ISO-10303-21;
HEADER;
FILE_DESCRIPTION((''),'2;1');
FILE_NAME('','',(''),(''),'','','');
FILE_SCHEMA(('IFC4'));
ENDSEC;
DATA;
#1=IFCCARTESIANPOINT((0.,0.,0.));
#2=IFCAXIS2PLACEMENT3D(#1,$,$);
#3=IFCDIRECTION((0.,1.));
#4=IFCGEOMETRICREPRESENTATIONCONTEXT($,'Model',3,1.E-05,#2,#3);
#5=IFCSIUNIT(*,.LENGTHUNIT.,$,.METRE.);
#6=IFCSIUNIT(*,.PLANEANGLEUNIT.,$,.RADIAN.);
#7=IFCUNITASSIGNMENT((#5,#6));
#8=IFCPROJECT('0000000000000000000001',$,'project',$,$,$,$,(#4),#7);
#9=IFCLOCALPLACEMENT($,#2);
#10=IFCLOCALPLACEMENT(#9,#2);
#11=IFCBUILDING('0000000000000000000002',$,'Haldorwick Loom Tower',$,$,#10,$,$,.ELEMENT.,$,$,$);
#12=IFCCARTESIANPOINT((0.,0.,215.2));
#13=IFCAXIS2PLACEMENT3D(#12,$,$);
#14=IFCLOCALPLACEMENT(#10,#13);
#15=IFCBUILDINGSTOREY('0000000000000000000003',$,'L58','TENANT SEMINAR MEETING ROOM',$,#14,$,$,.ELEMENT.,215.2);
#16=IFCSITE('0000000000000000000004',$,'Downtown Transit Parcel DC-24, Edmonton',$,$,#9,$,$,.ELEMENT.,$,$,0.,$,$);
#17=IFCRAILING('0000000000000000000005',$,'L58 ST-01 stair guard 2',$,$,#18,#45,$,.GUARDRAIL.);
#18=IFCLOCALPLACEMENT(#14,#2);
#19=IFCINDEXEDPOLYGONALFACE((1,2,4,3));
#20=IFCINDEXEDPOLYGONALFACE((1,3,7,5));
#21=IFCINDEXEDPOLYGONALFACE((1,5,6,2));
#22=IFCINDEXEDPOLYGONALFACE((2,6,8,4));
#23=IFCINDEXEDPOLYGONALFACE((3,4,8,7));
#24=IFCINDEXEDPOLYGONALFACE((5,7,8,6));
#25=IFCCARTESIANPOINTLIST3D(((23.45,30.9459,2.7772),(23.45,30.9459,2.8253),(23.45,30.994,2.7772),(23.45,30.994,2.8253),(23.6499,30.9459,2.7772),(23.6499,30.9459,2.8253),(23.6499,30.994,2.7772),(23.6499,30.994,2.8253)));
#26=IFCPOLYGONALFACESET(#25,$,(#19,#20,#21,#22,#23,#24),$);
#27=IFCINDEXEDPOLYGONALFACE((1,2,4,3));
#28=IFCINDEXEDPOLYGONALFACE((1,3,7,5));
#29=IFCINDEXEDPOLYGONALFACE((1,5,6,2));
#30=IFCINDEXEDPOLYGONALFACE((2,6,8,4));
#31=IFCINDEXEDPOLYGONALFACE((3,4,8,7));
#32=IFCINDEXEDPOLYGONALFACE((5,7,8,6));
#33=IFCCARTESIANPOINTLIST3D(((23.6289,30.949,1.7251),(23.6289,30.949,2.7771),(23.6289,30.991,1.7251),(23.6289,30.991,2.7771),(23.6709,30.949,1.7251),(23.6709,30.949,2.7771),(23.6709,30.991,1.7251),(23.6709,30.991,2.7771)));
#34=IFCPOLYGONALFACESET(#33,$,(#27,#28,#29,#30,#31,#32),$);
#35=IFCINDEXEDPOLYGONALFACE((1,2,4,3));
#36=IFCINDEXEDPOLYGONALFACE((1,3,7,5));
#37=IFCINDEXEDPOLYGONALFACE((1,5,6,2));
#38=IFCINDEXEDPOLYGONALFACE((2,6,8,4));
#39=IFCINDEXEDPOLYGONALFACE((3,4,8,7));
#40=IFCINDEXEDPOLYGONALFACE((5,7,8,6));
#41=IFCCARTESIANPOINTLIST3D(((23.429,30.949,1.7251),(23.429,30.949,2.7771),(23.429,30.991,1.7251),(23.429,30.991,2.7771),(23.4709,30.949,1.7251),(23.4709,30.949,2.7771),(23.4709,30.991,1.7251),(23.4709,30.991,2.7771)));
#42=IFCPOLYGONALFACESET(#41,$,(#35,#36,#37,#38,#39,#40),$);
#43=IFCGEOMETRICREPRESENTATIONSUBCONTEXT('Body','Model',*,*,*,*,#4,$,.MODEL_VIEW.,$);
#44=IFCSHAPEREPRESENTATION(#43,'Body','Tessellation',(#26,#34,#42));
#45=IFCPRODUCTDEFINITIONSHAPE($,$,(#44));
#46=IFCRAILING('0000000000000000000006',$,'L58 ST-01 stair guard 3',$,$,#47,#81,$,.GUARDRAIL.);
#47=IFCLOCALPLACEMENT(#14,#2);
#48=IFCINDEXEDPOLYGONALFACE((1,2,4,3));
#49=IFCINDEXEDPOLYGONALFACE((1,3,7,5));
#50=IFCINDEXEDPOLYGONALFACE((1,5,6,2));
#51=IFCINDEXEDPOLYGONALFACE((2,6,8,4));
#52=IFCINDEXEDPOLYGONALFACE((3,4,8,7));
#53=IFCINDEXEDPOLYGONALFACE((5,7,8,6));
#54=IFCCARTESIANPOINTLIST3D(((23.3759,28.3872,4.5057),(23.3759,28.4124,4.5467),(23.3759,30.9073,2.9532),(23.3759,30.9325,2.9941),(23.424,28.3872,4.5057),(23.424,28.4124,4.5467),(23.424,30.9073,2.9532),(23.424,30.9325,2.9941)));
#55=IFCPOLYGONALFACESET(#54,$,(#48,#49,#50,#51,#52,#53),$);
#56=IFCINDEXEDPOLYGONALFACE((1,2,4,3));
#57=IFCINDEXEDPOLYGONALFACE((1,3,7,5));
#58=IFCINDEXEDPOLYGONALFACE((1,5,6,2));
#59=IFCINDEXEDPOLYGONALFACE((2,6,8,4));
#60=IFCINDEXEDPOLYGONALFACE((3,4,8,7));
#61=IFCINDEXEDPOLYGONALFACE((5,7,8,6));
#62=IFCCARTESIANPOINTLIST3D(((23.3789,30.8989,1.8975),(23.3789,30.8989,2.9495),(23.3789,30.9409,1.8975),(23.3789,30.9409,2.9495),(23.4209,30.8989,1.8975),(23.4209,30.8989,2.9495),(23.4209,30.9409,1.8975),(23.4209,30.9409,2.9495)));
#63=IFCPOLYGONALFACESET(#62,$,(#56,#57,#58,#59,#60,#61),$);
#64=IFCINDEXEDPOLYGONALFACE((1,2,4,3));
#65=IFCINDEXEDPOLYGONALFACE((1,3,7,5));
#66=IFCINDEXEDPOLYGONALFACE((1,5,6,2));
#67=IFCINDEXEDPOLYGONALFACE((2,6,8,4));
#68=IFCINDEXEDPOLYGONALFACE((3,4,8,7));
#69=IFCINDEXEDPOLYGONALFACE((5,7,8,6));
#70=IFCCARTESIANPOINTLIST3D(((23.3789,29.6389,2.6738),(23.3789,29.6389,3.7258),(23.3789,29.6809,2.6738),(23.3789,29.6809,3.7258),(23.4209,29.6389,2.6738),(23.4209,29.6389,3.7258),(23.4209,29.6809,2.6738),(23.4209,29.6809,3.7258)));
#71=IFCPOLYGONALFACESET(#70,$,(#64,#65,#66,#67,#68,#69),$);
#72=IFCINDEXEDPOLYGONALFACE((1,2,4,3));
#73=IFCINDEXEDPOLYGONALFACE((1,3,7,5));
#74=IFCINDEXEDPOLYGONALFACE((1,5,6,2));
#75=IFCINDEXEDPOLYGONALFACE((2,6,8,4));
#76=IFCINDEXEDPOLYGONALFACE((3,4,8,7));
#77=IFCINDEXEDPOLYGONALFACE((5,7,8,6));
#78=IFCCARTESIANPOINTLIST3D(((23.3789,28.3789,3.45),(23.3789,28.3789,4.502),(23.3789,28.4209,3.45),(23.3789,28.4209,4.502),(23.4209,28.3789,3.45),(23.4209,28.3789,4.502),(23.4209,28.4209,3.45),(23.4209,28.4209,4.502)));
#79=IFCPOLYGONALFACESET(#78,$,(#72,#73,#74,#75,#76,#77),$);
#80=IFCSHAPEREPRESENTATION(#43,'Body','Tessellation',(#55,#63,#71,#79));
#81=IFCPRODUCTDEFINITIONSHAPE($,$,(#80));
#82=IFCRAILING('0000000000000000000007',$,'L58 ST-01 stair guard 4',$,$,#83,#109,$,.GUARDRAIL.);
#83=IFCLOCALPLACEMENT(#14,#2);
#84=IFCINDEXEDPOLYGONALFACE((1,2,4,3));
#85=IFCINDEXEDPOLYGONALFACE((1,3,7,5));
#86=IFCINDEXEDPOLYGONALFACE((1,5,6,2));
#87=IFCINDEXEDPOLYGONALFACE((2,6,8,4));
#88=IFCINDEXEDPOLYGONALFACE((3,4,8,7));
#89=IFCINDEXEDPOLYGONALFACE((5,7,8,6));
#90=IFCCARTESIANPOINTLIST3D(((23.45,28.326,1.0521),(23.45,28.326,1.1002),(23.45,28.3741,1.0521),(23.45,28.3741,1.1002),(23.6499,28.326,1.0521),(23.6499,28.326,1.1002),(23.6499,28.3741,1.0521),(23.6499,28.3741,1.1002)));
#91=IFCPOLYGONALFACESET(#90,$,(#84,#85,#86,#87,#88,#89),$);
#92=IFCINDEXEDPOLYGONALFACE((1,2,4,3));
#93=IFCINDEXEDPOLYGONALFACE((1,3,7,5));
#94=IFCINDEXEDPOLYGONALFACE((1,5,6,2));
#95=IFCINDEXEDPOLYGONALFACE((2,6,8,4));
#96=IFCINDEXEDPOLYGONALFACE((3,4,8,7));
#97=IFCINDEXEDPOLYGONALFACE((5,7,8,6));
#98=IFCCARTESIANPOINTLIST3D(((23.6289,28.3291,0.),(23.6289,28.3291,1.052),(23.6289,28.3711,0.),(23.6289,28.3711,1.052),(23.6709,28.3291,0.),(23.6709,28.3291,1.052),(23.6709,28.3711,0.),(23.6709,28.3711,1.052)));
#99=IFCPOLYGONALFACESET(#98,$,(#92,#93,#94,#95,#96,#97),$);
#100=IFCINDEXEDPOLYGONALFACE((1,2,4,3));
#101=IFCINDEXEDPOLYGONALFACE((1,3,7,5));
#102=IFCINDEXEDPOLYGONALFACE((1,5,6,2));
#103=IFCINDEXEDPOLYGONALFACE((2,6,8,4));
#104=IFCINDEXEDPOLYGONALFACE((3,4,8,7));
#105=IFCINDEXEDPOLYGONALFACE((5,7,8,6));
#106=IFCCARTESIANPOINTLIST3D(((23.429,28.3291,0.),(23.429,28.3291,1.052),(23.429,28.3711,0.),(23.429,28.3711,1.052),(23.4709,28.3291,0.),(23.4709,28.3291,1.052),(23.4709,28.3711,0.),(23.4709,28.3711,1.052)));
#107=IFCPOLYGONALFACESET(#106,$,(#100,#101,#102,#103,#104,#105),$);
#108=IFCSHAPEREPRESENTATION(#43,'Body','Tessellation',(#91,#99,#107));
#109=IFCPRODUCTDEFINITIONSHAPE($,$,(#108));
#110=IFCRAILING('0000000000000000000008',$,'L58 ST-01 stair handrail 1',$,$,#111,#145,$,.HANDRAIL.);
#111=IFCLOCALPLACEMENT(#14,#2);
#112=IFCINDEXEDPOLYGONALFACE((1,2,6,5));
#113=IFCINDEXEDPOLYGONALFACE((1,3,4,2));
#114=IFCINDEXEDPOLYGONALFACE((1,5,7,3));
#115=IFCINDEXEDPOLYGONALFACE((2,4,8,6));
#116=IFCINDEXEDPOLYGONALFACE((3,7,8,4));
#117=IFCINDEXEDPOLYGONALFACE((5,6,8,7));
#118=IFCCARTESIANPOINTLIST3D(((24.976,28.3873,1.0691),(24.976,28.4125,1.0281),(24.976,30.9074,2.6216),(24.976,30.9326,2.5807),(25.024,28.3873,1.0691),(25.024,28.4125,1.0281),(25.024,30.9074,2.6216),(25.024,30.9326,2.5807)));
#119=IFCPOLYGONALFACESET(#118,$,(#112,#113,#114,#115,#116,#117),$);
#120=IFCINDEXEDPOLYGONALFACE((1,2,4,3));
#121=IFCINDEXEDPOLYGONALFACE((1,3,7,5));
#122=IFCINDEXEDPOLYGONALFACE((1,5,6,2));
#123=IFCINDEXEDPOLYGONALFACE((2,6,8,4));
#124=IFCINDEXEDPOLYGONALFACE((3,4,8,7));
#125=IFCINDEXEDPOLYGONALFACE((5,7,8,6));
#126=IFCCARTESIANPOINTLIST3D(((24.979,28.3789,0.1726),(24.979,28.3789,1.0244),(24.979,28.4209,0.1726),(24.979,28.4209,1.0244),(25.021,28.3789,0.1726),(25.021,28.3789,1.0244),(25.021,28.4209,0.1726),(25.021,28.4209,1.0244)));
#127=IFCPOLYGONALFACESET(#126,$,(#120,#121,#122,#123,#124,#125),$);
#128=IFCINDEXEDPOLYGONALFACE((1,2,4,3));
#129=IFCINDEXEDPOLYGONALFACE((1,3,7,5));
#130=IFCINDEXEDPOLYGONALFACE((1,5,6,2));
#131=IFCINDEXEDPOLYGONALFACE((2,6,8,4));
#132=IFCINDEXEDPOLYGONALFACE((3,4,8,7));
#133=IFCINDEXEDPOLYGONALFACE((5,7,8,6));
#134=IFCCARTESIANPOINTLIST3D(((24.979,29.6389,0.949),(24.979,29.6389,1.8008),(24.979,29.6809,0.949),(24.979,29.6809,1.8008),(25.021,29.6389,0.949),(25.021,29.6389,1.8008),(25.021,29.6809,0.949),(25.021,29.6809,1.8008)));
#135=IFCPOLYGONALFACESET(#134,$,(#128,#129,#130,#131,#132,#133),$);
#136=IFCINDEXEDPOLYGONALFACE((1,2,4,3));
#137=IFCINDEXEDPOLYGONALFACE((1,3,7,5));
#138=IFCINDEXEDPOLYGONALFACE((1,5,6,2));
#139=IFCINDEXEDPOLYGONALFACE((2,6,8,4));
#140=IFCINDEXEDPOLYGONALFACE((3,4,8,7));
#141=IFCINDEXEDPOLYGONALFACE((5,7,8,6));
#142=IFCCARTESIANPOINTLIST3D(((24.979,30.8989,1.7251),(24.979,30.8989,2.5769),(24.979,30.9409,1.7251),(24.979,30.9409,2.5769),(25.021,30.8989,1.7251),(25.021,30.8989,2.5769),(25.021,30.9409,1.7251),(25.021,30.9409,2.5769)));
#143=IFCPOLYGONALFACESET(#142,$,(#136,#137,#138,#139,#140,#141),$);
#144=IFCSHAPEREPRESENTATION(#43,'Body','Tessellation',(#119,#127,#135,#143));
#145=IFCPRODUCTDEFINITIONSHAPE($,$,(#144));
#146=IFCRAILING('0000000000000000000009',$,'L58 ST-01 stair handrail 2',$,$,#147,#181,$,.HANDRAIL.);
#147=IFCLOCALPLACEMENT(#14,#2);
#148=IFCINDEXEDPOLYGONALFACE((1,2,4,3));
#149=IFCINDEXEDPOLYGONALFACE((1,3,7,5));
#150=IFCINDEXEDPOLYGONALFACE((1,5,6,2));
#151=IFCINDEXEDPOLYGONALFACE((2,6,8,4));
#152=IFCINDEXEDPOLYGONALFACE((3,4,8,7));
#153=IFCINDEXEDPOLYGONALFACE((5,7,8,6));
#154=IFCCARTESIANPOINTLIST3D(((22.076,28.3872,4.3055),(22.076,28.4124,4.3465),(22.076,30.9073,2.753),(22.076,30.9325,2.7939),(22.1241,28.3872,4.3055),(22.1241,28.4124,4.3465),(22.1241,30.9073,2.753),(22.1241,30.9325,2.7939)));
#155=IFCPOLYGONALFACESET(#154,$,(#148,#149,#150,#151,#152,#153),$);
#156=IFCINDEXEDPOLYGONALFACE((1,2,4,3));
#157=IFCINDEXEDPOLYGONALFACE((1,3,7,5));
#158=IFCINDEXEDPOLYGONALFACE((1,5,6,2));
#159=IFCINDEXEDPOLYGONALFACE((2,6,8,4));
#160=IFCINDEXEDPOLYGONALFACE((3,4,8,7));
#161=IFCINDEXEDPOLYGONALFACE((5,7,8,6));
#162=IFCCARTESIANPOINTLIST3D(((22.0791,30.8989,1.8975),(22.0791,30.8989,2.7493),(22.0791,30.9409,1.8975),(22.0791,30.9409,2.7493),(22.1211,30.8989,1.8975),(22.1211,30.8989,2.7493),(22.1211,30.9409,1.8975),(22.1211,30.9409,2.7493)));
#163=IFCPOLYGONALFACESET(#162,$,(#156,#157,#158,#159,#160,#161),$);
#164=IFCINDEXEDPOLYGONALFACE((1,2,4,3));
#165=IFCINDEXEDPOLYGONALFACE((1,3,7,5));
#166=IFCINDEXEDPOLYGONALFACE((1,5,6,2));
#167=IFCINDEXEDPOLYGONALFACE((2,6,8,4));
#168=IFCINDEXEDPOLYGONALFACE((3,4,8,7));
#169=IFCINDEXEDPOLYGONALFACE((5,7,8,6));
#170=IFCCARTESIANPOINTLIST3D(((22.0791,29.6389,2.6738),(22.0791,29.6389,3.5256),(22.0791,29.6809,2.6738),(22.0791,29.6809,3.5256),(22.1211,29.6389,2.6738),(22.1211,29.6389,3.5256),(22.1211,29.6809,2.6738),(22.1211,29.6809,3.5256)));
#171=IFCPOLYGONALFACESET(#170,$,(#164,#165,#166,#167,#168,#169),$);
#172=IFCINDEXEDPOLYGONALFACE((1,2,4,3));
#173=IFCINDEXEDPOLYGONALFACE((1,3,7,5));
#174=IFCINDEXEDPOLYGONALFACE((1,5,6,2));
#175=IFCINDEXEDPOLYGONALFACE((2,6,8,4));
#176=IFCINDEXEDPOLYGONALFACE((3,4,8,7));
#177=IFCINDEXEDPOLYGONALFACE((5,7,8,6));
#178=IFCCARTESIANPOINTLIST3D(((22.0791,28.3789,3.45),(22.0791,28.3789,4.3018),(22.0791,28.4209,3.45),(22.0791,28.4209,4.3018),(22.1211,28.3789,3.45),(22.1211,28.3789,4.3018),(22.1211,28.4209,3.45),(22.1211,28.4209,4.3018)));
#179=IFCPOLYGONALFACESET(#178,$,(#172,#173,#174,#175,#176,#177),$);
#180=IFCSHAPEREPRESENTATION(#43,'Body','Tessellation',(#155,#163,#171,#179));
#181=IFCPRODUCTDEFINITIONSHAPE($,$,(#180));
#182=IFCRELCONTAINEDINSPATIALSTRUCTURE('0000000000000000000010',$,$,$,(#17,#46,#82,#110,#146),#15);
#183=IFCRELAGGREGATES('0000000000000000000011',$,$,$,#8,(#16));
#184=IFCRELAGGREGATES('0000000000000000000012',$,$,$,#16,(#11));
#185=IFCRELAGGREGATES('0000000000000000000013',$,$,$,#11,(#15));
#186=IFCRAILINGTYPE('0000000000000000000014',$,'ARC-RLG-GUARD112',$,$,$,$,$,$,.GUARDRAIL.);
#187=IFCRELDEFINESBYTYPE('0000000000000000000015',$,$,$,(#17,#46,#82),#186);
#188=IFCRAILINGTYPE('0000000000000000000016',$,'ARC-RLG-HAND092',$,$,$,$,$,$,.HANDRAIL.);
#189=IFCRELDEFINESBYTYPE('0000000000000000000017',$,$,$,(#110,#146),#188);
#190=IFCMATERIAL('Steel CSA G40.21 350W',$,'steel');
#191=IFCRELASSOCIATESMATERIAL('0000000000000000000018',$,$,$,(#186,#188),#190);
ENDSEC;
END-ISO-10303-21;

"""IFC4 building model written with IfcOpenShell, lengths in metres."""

from ifc_helpers import new_model, si_unit, direction, frame, origin, origin_2d, place, context, subcontext, project, spatial, rectangle, extrude, material, type_object, element, save


model = new_model("IFC4")

# Units and contexts
model_context = context("Model", 3, precision=1e-05, world=origin(), true_north=direction((0.0, 1.0)))
body_context = subcontext(model_context, "Body", "Model", "MODEL_VIEW")
ifc_project = project(units=[si_unit("LENGTHUNIT", "METRE"), si_unit("PLANEANGLEUNIT", "RADIAN")], contexts=[model_context])

# Site, building, storey
site_placement = place(None, origin())
site = spatial("IfcSite", under=ifc_project, at=site_placement, Name="Downtown Transit Parcel DC-24, Edmonton", CompositionType="ELEMENT", RefElevation=0.0)
building_placement = place(site_placement, origin())
building = spatial("IfcBuilding", under=site, at=building_placement, Name="Haldorwick Loom Tower", CompositionType="ELEMENT")
storey_placement = place(building_placement, frame((0.0, 0.0, 215.2)))
storey = spatial("IfcBuildingStorey", under=building, at=storey_placement, Name="L58", Description="TENANT SEMINAR MEETING ROOM", CompositionType="ELEMENT", Elevation=215.2)

# Shared definitions
ifc_material_1 = material(Name="Steel CSA G40.21 350W", Category="steel")

# Railings
railing_type_1 = type_object("IfcRailingType", Name="ARC-RLG-GUARD112", PredefinedType="GUARDRAIL", material=ifc_material_1)
railing_1_placement = place(storey_placement, frame((23.6499, 30.97, 1.7251)))
element("IfcRailing", 1, at=railing_1_placement, inside=storey, type_object=railing_type_1, Name="L58 ST-01 stair guard 2", PredefinedType="GUARDRAIL", context=body_context, shape_type="SweptSolid", body=[
    extrude(rectangle(XDim=0.0481, YDim=0.0481, at=origin_2d()), frame((0.0, 0.0, 1.0762), z_axis=(-1.0, 0.0, 0.0), x_axis=(0.0, -1.0, 0.0)), (0.0, 0.0, 1.0), 0.2),
    extrude(rectangle(XDim=0.042, YDim=0.042, at=origin_2d()), origin(), (0.0, 0.0, 1.0), 1.052),
    extrude(rectangle(XDim=0.042, YDim=0.042, at=origin_2d()), frame((-0.2, 0.0, 0.0)), (0.0, 0.0, 1.0), 1.052),
])
railing_2_placement = place(storey_placement, frame((23.3999, 30.9199, 1.8975)))
element("IfcRailing", 2, at=railing_2_placement, inside=storey, type_object=railing_type_1, Name="L58 ST-01 stair guard 3", PredefinedType="GUARDRAIL", context=body_context, shape_type="SweptSolid", body=[
    extrude(rectangle(XDim=0.0481, YDim=0.0481, at=origin_2d()), frame((0.0, 0.0, 1.0762), z_axis=(0.0, -0.8514, 0.524516), x_axis=(1.0, 0.0, 0.0)), (0.0, 0.0, 1.0), 2.96),
    extrude(rectangle(XDim=0.042, YDim=0.042, at=origin_2d()), origin(), (0.0, 0.0, 1.0), 1.052),
    extrude(rectangle(XDim=0.042, YDim=0.042, at=origin_2d()), frame((0.0, -1.26, 0.7764)), (0.0, 0.0, 1.0), 1.052),
    extrude(rectangle(XDim=0.042, YDim=0.042, at=origin_2d()), frame((0.0, -2.52, 1.5525)), (0.0, 0.0, 1.0), 1.052),
])
railing_3_placement = place(storey_placement, frame((23.6499, 28.3501, 0.0)))
element("IfcRailing", 3, at=railing_3_placement, inside=storey, type_object=railing_type_1, Name="L58 ST-01 stair guard 4", PredefinedType="GUARDRAIL", context=body_context, shape_type="SweptSolid", body=[
    extrude(rectangle(XDim=0.0481, YDim=0.0481, at=origin_2d()), frame((0.0, 0.0, 1.0762), z_axis=(-1.0, 0.0, 0.0), x_axis=(0.0, -1.0, 0.0)), (0.0, 0.0, 1.0), 0.2),
    extrude(rectangle(XDim=0.042, YDim=0.042, at=origin_2d()), origin(), (0.0, 0.0, 1.0), 1.052),
    extrude(rectangle(XDim=0.042, YDim=0.042, at=origin_2d()), frame((-0.2, 0.0, 0.0)), (0.0, 0.0, 1.0), 1.052),
])
railing_type_2 = type_object("IfcRailingType", Name="ARC-RLG-HAND092", PredefinedType="HANDRAIL", material=ifc_material_1)
railing_4_placement = place(storey_placement, frame((25.0, 28.3999, 0.1726)))
element("IfcRailing", 4, at=railing_4_placement, inside=storey, type_object=railing_type_2, Name="L58 ST-01 stair handrail 1", PredefinedType="HANDRAIL", context=body_context, shape_type="SweptSolid", body=[
    extrude(rectangle(XDim=0.0481, YDim=0.0481, at=origin_2d()), frame((0.0, 0.0, 0.876), z_axis=(0.0, 0.8514, 0.524516), x_axis=(-1.0, 0.0, 0.0)), (0.0, 0.0, 1.0), 2.96),
    extrude(rectangle(XDim=0.042, YDim=0.042, at=origin_2d()), origin(), (0.0, 0.0, 1.0), 0.8518),
    extrude(rectangle(XDim=0.042, YDim=0.042, at=origin_2d()), frame((0.0, 1.26, 0.7764)), (0.0, 0.0, 1.0), 0.8518),
    extrude(rectangle(XDim=0.042, YDim=0.042, at=origin_2d()), frame((0.0, 2.52, 1.5525)), (0.0, 0.0, 1.0), 0.8518),
])
railing_5_placement = place(storey_placement, frame((22.1001, 30.9199, 1.8975)))
element("IfcRailing", 5, at=railing_5_placement, inside=storey, type_object=railing_type_2, Name="L58 ST-01 stair handrail 2", PredefinedType="HANDRAIL", context=body_context, shape_type="SweptSolid", body=[
    extrude(rectangle(XDim=0.0481, YDim=0.0481, at=origin_2d()), frame((0.0, 0.0, 0.876), z_axis=(0.0, -0.8514, 0.524516), x_axis=(1.0, 0.0, 0.0)), (0.0, 0.0, 1.0), 2.96),
    extrude(rectangle(XDim=0.042, YDim=0.042, at=origin_2d()), origin(), (0.0, 0.0, 1.0), 0.8518),
    extrude(rectangle(XDim=0.042, YDim=0.042, at=origin_2d()), frame((0.0, -1.26, 0.7764)), (0.0, 0.0, 1.0), 0.8518),
    extrude(rectangle(XDim=0.042, YDim=0.042, at=origin_2d()), frame((0.0, -2.52, 1.5525)), (0.0, 0.0, 1.0), 0.8518),
])

save(model, "model.ifc")
